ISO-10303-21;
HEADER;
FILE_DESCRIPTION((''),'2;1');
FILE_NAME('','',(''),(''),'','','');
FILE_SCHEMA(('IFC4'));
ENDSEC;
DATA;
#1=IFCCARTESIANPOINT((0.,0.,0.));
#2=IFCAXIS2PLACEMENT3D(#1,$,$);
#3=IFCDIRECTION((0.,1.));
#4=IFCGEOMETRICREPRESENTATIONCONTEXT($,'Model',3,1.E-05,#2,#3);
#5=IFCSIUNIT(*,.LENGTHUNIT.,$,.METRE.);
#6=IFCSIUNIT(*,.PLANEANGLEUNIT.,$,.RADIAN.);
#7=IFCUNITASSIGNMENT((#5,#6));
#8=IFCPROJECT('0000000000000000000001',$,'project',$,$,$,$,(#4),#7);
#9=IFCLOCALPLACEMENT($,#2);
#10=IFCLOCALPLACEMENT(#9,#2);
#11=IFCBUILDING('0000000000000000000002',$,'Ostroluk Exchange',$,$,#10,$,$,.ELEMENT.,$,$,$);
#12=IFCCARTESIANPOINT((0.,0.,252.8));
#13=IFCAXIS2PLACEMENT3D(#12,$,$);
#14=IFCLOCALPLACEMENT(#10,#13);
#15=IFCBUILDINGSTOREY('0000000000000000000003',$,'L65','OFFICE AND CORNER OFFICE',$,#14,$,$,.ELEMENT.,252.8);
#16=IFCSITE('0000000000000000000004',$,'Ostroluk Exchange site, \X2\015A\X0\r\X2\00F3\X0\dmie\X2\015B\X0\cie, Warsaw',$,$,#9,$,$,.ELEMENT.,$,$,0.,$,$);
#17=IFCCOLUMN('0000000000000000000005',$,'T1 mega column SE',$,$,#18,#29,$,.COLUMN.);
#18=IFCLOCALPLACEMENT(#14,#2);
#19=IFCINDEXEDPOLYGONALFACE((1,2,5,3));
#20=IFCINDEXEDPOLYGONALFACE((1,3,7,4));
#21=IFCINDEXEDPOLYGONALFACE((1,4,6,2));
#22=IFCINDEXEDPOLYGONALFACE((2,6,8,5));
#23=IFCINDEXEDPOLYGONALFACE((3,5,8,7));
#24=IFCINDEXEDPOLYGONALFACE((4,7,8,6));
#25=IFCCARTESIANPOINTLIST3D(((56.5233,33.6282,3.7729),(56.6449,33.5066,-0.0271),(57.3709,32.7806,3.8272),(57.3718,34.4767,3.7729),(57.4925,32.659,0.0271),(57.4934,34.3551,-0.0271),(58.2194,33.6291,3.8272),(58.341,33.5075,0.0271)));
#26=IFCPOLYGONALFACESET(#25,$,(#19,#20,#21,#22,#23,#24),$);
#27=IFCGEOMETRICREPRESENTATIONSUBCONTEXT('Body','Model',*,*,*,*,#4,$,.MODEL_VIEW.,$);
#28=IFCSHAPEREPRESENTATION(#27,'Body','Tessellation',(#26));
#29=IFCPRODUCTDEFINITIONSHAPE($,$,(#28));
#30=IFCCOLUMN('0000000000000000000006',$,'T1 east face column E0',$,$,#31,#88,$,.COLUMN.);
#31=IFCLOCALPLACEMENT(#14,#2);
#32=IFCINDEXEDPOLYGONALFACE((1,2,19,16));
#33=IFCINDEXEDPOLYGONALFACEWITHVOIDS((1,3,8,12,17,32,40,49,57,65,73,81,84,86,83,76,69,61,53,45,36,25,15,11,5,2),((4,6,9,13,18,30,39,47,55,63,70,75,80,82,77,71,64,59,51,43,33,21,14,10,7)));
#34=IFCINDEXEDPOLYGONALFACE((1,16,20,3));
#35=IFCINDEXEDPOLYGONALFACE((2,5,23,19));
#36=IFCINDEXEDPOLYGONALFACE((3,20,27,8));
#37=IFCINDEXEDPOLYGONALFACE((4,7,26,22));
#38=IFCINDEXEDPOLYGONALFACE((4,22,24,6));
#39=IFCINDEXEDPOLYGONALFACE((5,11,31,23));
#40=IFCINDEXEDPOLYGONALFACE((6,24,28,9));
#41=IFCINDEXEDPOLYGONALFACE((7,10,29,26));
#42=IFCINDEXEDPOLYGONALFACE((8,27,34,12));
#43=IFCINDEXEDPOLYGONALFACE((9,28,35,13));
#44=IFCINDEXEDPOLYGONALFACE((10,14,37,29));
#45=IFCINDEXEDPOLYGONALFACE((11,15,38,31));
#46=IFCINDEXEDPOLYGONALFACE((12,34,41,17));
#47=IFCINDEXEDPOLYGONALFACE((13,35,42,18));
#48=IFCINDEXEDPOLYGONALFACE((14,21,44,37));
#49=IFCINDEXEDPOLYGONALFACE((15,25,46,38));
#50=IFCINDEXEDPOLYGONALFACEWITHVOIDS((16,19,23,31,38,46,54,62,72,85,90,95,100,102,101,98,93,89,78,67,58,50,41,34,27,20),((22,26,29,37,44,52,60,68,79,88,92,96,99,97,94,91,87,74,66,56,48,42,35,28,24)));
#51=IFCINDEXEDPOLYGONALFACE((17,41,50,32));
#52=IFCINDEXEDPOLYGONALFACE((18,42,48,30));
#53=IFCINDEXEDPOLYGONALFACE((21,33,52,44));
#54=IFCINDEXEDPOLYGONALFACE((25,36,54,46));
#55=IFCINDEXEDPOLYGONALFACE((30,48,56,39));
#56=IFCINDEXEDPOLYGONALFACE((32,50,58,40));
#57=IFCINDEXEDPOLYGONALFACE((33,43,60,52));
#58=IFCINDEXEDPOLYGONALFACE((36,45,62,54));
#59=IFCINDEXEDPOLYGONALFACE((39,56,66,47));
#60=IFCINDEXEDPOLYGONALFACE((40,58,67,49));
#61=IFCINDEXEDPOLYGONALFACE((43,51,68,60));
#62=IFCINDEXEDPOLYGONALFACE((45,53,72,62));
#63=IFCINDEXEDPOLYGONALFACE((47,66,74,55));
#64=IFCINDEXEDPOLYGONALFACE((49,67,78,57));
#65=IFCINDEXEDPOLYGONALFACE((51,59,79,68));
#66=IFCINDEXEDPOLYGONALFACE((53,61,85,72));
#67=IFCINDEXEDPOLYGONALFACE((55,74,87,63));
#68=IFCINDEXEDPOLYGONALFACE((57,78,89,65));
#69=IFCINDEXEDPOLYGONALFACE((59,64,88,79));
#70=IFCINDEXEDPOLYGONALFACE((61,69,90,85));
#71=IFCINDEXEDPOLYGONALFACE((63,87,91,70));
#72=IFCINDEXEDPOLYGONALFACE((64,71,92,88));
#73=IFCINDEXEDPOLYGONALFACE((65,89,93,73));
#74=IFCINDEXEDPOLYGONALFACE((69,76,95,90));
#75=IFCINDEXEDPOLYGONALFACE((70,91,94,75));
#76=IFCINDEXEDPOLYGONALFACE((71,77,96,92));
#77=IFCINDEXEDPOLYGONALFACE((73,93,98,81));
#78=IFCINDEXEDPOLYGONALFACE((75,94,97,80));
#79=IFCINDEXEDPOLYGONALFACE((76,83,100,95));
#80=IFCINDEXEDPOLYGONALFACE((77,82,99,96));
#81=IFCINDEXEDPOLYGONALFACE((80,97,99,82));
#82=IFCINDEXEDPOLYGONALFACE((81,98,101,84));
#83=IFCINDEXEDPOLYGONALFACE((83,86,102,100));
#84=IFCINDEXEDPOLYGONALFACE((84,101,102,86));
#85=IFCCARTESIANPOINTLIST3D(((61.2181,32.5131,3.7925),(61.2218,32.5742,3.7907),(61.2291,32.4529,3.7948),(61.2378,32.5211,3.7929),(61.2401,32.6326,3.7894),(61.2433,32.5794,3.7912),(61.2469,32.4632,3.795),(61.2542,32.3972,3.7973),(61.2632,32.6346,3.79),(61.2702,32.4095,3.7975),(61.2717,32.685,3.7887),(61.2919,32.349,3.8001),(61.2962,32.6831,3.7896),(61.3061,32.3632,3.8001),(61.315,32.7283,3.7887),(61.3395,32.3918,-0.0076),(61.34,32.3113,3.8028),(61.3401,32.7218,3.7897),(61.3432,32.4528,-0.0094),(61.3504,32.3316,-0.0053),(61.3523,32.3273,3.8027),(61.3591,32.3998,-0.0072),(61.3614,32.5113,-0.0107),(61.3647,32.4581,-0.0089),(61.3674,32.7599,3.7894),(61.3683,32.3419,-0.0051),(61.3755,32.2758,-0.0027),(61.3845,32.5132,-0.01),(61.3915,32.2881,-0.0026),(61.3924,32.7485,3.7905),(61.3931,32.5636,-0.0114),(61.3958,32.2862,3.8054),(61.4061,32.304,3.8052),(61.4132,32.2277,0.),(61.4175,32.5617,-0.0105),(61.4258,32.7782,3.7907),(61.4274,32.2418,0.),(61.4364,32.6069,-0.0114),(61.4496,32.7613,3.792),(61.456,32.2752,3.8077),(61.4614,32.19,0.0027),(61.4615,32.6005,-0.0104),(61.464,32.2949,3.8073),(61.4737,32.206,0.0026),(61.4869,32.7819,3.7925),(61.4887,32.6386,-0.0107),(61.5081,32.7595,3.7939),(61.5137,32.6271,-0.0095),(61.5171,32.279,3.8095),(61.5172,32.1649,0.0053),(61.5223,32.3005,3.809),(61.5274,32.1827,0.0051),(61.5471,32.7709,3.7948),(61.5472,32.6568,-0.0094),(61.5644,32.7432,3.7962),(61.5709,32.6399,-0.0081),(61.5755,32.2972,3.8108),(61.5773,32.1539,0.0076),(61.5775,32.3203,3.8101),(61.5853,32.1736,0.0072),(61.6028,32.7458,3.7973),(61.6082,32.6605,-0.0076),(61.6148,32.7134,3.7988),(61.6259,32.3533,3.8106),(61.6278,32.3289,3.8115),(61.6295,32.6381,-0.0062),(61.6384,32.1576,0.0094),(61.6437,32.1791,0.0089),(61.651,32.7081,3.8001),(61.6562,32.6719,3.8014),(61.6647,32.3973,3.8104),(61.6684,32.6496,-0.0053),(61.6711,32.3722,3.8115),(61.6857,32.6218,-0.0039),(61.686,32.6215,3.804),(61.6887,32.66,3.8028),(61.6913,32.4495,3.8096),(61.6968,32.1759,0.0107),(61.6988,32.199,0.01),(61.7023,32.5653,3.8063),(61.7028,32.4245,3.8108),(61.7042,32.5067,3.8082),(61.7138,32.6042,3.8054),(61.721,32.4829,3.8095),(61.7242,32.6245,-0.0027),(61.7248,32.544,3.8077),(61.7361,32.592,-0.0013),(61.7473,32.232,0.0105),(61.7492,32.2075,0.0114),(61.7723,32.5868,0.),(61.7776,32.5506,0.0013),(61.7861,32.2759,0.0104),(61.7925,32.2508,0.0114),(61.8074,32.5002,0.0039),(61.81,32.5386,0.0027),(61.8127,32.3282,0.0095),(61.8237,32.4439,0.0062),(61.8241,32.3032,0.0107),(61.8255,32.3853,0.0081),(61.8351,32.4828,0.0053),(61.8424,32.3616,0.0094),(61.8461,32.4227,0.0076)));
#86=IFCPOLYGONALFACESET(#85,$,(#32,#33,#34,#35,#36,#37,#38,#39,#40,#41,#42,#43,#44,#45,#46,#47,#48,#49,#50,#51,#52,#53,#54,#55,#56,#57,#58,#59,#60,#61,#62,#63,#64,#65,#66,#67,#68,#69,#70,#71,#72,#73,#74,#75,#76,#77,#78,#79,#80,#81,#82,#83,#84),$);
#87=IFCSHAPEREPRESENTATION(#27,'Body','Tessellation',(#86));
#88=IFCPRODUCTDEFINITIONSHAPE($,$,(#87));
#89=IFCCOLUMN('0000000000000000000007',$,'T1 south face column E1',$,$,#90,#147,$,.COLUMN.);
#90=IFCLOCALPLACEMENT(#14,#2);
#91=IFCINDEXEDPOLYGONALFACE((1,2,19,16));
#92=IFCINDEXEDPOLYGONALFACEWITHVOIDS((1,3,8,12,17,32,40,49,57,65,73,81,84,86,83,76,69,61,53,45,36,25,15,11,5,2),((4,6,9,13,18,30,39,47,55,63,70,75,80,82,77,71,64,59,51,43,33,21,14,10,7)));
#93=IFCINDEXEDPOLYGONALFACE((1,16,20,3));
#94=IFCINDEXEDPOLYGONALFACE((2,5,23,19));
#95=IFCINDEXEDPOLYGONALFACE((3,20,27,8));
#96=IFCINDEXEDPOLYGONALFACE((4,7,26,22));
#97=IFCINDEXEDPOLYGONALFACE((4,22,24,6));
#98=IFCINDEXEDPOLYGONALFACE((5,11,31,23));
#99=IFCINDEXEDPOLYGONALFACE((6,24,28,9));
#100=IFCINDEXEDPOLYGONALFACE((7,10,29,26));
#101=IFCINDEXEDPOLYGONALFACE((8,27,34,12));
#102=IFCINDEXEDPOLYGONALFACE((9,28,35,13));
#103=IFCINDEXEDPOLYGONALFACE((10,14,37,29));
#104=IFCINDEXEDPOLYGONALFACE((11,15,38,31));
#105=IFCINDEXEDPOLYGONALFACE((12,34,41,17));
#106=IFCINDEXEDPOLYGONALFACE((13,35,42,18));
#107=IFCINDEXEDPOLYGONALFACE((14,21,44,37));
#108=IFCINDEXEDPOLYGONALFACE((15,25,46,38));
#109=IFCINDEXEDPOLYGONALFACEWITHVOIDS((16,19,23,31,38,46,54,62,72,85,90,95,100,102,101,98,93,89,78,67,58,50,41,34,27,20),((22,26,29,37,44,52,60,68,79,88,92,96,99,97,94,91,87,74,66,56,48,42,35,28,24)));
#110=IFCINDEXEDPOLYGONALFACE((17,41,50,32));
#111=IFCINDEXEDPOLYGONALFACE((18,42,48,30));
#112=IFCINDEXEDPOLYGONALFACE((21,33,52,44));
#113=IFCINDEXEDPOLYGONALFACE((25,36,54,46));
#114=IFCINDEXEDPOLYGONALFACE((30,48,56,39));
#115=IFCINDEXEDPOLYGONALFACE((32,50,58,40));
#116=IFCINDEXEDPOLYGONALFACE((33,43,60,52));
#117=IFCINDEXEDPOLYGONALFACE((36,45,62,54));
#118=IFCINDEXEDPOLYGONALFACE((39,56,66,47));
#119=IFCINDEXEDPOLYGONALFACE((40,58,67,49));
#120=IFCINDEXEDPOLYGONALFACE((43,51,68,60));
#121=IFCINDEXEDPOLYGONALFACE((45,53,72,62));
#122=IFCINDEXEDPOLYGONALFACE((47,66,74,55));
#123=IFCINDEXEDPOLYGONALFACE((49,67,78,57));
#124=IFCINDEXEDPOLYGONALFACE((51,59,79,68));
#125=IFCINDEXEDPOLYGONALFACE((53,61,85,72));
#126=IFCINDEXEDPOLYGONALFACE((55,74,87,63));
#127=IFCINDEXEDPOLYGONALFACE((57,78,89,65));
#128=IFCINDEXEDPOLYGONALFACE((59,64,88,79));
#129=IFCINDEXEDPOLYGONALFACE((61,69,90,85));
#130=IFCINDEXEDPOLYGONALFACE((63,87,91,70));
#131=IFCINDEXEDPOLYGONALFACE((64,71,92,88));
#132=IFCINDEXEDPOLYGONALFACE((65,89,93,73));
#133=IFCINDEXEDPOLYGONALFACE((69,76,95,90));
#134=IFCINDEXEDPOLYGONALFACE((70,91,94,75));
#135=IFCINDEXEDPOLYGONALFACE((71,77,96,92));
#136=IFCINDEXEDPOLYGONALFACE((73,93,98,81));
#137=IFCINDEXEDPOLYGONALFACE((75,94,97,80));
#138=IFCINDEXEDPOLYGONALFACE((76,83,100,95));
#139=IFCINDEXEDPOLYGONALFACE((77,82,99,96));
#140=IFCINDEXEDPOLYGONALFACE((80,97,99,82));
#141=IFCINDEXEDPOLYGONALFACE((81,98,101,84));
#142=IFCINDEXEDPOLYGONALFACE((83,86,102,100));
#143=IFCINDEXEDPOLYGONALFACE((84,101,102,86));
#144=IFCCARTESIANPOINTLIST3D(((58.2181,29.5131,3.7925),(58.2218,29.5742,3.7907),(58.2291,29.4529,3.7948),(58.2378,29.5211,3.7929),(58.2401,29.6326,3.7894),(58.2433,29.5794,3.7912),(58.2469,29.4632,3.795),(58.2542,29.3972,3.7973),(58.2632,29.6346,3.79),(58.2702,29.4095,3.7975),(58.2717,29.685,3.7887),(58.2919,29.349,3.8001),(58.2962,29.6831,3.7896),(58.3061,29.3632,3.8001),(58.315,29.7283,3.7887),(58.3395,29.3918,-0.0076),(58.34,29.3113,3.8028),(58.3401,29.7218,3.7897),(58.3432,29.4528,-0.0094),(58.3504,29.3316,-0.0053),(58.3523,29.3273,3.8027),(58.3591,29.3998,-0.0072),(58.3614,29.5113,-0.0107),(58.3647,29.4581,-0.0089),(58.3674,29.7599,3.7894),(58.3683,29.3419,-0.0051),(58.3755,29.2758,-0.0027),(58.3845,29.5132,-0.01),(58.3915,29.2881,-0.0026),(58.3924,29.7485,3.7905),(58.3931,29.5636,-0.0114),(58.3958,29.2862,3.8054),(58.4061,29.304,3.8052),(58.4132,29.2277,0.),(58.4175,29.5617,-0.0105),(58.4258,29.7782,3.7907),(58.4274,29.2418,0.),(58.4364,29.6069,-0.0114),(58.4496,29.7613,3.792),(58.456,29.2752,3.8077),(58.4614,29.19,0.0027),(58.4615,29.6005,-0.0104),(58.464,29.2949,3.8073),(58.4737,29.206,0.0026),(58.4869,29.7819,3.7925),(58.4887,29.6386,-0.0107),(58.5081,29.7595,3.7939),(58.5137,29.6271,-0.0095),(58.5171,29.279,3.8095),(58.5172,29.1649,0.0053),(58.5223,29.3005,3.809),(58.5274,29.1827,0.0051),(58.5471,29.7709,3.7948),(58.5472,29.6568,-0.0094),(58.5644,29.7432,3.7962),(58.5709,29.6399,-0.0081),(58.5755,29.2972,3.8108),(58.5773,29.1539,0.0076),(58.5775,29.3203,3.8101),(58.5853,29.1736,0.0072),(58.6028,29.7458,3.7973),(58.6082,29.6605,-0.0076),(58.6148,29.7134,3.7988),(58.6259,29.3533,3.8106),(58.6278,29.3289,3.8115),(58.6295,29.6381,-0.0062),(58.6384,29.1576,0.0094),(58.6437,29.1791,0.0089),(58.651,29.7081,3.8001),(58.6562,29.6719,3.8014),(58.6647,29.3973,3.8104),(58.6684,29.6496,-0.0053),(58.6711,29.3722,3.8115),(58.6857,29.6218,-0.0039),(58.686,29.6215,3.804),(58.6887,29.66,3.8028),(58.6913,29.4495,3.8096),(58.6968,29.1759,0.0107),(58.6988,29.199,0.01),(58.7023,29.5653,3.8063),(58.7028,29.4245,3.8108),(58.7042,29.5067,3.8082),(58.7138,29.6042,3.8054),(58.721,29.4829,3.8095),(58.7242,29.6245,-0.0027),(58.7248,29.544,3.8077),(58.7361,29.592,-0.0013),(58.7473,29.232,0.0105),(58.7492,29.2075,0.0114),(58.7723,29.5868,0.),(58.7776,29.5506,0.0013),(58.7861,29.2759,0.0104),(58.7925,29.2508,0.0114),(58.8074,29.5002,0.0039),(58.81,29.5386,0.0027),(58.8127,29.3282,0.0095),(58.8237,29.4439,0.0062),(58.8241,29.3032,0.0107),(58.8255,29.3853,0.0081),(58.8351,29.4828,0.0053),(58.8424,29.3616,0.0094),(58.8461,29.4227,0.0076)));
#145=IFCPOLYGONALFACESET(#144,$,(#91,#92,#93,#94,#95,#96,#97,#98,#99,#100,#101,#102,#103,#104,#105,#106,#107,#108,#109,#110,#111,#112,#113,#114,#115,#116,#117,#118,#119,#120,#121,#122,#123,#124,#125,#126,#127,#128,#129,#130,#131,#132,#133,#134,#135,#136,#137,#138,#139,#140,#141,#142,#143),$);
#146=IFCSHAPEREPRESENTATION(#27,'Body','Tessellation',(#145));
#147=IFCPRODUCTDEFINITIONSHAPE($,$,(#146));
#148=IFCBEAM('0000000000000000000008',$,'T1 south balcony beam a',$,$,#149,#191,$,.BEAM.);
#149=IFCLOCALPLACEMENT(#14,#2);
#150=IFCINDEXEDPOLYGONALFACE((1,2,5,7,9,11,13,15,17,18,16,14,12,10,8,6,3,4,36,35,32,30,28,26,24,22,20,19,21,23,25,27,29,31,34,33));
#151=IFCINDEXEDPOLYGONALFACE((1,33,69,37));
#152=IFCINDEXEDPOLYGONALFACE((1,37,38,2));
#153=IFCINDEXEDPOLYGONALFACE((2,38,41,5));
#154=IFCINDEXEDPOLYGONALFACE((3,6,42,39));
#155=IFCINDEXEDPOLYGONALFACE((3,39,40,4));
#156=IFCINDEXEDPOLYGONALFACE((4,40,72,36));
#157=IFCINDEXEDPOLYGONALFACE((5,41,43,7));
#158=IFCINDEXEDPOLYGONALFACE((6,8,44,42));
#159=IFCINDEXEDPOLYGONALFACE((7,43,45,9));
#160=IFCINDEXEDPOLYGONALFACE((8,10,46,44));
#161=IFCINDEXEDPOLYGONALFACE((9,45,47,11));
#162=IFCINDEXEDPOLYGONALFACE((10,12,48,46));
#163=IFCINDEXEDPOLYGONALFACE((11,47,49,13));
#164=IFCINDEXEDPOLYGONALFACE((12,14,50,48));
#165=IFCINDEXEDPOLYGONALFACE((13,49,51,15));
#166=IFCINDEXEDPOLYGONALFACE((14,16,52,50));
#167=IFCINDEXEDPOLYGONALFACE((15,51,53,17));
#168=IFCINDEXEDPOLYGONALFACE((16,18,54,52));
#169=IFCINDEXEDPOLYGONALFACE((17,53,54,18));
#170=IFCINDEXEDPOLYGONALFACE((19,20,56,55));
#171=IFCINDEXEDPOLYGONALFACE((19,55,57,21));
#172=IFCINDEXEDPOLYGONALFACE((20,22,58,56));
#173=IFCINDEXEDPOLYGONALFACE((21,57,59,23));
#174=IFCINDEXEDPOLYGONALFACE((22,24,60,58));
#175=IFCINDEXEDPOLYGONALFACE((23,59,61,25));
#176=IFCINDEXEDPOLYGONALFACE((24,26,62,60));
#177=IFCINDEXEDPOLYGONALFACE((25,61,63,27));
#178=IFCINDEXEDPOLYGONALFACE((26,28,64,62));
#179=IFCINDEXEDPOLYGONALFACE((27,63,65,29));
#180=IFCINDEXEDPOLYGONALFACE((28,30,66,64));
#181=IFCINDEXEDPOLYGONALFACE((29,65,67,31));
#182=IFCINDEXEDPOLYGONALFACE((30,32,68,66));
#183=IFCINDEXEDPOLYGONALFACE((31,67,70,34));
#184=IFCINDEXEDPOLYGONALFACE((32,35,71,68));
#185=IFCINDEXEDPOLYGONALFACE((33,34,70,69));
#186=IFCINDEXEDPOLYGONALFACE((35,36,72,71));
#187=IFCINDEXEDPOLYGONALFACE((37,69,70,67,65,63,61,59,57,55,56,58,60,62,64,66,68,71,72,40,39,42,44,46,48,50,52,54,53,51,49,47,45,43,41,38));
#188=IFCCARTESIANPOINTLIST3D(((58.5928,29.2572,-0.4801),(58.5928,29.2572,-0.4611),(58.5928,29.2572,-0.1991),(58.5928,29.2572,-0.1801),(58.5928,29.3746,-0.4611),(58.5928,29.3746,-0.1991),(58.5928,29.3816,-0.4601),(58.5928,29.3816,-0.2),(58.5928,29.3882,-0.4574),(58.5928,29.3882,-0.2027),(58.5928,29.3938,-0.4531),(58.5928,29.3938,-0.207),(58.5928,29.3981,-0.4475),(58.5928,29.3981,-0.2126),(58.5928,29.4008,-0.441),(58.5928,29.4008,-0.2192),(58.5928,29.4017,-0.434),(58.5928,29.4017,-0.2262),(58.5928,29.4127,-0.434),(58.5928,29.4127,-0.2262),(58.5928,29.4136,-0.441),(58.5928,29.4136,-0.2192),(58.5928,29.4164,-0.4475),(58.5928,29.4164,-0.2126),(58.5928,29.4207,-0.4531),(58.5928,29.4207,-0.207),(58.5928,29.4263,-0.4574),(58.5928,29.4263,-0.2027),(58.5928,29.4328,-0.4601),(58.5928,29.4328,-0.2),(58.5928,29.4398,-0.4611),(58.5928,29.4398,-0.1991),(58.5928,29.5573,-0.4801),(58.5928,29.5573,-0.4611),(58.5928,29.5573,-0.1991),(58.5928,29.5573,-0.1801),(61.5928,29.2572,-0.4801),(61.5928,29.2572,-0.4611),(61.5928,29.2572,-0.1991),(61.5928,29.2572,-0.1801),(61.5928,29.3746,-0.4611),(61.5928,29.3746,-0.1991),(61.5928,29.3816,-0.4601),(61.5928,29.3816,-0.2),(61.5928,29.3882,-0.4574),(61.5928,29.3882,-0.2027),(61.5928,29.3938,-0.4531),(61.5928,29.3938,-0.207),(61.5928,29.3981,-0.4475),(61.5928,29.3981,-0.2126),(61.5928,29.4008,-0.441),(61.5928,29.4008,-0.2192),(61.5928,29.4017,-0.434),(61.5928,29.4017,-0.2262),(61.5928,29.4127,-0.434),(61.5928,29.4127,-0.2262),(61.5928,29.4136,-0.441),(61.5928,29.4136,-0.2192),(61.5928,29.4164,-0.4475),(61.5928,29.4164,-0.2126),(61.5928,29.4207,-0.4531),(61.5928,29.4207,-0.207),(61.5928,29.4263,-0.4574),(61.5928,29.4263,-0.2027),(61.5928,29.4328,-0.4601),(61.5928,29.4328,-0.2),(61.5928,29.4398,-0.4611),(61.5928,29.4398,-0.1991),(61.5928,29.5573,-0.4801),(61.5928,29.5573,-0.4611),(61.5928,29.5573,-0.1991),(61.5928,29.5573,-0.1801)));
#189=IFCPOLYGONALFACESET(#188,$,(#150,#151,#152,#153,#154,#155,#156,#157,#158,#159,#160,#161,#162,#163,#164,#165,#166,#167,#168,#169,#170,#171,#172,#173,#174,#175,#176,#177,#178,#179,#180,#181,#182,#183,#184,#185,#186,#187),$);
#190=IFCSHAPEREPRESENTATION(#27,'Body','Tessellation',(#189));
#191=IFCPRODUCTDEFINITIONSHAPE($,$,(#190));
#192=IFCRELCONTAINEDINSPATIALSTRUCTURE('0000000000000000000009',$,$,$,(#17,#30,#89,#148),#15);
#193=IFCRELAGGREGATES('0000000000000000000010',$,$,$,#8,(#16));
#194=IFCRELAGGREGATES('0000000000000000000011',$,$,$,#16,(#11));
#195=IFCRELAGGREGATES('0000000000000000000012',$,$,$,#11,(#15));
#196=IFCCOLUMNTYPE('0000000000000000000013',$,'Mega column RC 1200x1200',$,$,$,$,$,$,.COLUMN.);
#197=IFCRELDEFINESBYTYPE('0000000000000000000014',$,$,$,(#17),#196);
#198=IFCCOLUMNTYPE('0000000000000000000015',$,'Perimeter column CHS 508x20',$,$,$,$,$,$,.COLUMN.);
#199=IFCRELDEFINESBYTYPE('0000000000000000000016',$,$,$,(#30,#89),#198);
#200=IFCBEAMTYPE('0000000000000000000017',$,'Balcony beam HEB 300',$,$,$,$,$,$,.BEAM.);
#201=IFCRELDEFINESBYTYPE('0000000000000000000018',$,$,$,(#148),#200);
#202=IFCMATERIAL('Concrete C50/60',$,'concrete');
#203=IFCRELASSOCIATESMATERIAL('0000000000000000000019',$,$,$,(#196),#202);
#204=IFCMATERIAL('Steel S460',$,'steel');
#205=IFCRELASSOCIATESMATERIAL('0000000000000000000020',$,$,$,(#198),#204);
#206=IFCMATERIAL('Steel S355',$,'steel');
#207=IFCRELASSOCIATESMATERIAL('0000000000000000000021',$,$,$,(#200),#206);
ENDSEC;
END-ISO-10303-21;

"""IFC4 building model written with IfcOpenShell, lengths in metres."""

from ifc_helpers import new_model, si_unit, direction, frame, origin, origin_2d, place, context, subcontext, project, spatial, rectangle, hollow_circle, i_section, extrude, material, material_profile, profile_set, type_object, element, save


model = new_model("IFC4")

# Units and contexts
model_context = context("Model", 3, precision=1e-05, world=origin(), true_north=direction((0.0, 1.0)))
body_context = subcontext(model_context, "Body", "Model", "MODEL_VIEW")
ifc_project = project(units=[si_unit("LENGTHUNIT", "METRE"), si_unit("PLANEANGLEUNIT", "RADIAN")], contexts=[model_context])

# Site, building, storey
site_placement = place(None, origin())
site = spatial("IfcSite", under=ifc_project, at=site_placement, Name="Ostroluk Exchange site, Śródmieście, Warsaw", CompositionType="ELEMENT", RefElevation=0.0)
building_placement = place(site_placement, origin())
building = spatial("IfcBuilding", under=site, at=building_placement, Name="Ostroluk Exchange", CompositionType="ELEMENT")
storey_placement = place(building_placement, frame((0.0, 0.0, 252.8)))
storey = spatial("IfcBuildingStorey", under=building, at=storey_placement, Name="L65", Description="OFFICE AND CORNER OFFICE", CompositionType="ELEMENT", Elevation=252.8)

# Columns
ifc_material_1 = material(Name="Concrete C50/60", Category="concrete")
ifc_material_profile_1 = material_profile(ifc_material_1, rectangle(XDim=1.2, YDim=1.2, at=origin_2d()), Name="RC 1200x1200")
ifc_profile_set_1 = profile_set([ifc_material_profile_1], Name="Concrete C50/60")
column_type_1 = type_object("IfcColumnType", Name="Mega column RC 1200x1200", PredefinedType="COLUMN", material=ifc_profile_set_1)
column_placement = place(storey_placement, frame((57.4929, 33.5071, 0.0), z_axis=(-0.031962, 0.031962, 0.998978), x_axis=(-0.707107, -0.707107, 0.0)))
element("IfcColumn", 1, at=column_placement, inside=storey, type_object=column_type_1, Name="T1 mega column SE", PredefinedType="COLUMN", context=body_context, shape_type="SweptSolid", body=[
    extrude(rectangle(XDim=1.2, YDim=1.2, at=origin_2d()), origin(), (0.0, 0.0, 1.0), 3.804),
])
ifc_material_2 = material(Name="Steel S460", Category="steel")
ifc_material_profile_2 = material_profile(ifc_material_2, hollow_circle(Radius=0.2539, WallThickness=0.02, at=origin_2d()), Name="CHS 508x20")
ifc_profile_set_2 = profile_set([ifc_material_profile_2], Name="Steel S460")
column_type_2 = type_object("IfcColumnType", Name="Perimeter column CHS 508x20", PredefinedType="COLUMN", material=ifc_profile_set_2)
for number, where, z_axis, x_axis, name in (
    (2, (61.5928, 32.4072, 0.0), (-0.031898, 0.031898, 0.998982), (-0.707107, -0.707107, 0.0), "T1 east face column E0"),
    (3, (58.5928, 29.4072, 0.0), (-0.031898, 0.031898, 0.998982), (-0.707107, -0.707107, 0.0), "T1 south face column E1"),
):
    element("IfcColumn", number, at=place(storey_placement, frame(where, z_axis=z_axis, x_axis=x_axis)), inside=storey, type_object=column_type_2, Name=name, PredefinedType="COLUMN", context=body_context, shape_type="SweptSolid", body=[
        extrude(hollow_circle(Radius=0.2539, WallThickness=0.02, at=origin_2d()), origin(), (0.0, 0.0, 1.0), 3.804),
    ])

# Beam
ifc_material_3 = material(Name="Steel S355", Category="steel")
ifc_material_profile_3 = material_profile(ifc_material_3, i_section(OverallWidth=0.3, OverallDepth=0.3, WebThickness=0.011, FlangeThickness=0.019, FilletRadius=0.0271, at=origin_2d()), Name="HEB 300")
ifc_profile_set_3 = profile_set([ifc_material_profile_3], Name="Steel S355")
beam_type_1 = type_object("IfcBeamType", Name="Balcony beam HEB 300", PredefinedType="BEAM", material=ifc_profile_set_3)
for number, where, z_axis, x_axis, name in (
    (4, (58.5928, 29.4072, -0.3301), (1.0, 0.0, 0.0), (0.0, 1.0, 0.0), "T1 south balcony beam a"),
):
    element("IfcBeam", number, at=place(storey_placement, frame(where, z_axis=z_axis, x_axis=x_axis)), inside=storey, type_object=beam_type_1, Name=name, PredefinedType="BEAM", context=body_context, shape_type="SweptSolid", body=[
        extrude(i_section(OverallWidth=0.3, OverallDepth=0.3, WebThickness=0.011, FlangeThickness=0.019, FilletRadius=0.0271, at=origin_2d()), origin(), (0.0, 0.0, 1.0), 3.0),
    ])

save(model, "model.ifc")
